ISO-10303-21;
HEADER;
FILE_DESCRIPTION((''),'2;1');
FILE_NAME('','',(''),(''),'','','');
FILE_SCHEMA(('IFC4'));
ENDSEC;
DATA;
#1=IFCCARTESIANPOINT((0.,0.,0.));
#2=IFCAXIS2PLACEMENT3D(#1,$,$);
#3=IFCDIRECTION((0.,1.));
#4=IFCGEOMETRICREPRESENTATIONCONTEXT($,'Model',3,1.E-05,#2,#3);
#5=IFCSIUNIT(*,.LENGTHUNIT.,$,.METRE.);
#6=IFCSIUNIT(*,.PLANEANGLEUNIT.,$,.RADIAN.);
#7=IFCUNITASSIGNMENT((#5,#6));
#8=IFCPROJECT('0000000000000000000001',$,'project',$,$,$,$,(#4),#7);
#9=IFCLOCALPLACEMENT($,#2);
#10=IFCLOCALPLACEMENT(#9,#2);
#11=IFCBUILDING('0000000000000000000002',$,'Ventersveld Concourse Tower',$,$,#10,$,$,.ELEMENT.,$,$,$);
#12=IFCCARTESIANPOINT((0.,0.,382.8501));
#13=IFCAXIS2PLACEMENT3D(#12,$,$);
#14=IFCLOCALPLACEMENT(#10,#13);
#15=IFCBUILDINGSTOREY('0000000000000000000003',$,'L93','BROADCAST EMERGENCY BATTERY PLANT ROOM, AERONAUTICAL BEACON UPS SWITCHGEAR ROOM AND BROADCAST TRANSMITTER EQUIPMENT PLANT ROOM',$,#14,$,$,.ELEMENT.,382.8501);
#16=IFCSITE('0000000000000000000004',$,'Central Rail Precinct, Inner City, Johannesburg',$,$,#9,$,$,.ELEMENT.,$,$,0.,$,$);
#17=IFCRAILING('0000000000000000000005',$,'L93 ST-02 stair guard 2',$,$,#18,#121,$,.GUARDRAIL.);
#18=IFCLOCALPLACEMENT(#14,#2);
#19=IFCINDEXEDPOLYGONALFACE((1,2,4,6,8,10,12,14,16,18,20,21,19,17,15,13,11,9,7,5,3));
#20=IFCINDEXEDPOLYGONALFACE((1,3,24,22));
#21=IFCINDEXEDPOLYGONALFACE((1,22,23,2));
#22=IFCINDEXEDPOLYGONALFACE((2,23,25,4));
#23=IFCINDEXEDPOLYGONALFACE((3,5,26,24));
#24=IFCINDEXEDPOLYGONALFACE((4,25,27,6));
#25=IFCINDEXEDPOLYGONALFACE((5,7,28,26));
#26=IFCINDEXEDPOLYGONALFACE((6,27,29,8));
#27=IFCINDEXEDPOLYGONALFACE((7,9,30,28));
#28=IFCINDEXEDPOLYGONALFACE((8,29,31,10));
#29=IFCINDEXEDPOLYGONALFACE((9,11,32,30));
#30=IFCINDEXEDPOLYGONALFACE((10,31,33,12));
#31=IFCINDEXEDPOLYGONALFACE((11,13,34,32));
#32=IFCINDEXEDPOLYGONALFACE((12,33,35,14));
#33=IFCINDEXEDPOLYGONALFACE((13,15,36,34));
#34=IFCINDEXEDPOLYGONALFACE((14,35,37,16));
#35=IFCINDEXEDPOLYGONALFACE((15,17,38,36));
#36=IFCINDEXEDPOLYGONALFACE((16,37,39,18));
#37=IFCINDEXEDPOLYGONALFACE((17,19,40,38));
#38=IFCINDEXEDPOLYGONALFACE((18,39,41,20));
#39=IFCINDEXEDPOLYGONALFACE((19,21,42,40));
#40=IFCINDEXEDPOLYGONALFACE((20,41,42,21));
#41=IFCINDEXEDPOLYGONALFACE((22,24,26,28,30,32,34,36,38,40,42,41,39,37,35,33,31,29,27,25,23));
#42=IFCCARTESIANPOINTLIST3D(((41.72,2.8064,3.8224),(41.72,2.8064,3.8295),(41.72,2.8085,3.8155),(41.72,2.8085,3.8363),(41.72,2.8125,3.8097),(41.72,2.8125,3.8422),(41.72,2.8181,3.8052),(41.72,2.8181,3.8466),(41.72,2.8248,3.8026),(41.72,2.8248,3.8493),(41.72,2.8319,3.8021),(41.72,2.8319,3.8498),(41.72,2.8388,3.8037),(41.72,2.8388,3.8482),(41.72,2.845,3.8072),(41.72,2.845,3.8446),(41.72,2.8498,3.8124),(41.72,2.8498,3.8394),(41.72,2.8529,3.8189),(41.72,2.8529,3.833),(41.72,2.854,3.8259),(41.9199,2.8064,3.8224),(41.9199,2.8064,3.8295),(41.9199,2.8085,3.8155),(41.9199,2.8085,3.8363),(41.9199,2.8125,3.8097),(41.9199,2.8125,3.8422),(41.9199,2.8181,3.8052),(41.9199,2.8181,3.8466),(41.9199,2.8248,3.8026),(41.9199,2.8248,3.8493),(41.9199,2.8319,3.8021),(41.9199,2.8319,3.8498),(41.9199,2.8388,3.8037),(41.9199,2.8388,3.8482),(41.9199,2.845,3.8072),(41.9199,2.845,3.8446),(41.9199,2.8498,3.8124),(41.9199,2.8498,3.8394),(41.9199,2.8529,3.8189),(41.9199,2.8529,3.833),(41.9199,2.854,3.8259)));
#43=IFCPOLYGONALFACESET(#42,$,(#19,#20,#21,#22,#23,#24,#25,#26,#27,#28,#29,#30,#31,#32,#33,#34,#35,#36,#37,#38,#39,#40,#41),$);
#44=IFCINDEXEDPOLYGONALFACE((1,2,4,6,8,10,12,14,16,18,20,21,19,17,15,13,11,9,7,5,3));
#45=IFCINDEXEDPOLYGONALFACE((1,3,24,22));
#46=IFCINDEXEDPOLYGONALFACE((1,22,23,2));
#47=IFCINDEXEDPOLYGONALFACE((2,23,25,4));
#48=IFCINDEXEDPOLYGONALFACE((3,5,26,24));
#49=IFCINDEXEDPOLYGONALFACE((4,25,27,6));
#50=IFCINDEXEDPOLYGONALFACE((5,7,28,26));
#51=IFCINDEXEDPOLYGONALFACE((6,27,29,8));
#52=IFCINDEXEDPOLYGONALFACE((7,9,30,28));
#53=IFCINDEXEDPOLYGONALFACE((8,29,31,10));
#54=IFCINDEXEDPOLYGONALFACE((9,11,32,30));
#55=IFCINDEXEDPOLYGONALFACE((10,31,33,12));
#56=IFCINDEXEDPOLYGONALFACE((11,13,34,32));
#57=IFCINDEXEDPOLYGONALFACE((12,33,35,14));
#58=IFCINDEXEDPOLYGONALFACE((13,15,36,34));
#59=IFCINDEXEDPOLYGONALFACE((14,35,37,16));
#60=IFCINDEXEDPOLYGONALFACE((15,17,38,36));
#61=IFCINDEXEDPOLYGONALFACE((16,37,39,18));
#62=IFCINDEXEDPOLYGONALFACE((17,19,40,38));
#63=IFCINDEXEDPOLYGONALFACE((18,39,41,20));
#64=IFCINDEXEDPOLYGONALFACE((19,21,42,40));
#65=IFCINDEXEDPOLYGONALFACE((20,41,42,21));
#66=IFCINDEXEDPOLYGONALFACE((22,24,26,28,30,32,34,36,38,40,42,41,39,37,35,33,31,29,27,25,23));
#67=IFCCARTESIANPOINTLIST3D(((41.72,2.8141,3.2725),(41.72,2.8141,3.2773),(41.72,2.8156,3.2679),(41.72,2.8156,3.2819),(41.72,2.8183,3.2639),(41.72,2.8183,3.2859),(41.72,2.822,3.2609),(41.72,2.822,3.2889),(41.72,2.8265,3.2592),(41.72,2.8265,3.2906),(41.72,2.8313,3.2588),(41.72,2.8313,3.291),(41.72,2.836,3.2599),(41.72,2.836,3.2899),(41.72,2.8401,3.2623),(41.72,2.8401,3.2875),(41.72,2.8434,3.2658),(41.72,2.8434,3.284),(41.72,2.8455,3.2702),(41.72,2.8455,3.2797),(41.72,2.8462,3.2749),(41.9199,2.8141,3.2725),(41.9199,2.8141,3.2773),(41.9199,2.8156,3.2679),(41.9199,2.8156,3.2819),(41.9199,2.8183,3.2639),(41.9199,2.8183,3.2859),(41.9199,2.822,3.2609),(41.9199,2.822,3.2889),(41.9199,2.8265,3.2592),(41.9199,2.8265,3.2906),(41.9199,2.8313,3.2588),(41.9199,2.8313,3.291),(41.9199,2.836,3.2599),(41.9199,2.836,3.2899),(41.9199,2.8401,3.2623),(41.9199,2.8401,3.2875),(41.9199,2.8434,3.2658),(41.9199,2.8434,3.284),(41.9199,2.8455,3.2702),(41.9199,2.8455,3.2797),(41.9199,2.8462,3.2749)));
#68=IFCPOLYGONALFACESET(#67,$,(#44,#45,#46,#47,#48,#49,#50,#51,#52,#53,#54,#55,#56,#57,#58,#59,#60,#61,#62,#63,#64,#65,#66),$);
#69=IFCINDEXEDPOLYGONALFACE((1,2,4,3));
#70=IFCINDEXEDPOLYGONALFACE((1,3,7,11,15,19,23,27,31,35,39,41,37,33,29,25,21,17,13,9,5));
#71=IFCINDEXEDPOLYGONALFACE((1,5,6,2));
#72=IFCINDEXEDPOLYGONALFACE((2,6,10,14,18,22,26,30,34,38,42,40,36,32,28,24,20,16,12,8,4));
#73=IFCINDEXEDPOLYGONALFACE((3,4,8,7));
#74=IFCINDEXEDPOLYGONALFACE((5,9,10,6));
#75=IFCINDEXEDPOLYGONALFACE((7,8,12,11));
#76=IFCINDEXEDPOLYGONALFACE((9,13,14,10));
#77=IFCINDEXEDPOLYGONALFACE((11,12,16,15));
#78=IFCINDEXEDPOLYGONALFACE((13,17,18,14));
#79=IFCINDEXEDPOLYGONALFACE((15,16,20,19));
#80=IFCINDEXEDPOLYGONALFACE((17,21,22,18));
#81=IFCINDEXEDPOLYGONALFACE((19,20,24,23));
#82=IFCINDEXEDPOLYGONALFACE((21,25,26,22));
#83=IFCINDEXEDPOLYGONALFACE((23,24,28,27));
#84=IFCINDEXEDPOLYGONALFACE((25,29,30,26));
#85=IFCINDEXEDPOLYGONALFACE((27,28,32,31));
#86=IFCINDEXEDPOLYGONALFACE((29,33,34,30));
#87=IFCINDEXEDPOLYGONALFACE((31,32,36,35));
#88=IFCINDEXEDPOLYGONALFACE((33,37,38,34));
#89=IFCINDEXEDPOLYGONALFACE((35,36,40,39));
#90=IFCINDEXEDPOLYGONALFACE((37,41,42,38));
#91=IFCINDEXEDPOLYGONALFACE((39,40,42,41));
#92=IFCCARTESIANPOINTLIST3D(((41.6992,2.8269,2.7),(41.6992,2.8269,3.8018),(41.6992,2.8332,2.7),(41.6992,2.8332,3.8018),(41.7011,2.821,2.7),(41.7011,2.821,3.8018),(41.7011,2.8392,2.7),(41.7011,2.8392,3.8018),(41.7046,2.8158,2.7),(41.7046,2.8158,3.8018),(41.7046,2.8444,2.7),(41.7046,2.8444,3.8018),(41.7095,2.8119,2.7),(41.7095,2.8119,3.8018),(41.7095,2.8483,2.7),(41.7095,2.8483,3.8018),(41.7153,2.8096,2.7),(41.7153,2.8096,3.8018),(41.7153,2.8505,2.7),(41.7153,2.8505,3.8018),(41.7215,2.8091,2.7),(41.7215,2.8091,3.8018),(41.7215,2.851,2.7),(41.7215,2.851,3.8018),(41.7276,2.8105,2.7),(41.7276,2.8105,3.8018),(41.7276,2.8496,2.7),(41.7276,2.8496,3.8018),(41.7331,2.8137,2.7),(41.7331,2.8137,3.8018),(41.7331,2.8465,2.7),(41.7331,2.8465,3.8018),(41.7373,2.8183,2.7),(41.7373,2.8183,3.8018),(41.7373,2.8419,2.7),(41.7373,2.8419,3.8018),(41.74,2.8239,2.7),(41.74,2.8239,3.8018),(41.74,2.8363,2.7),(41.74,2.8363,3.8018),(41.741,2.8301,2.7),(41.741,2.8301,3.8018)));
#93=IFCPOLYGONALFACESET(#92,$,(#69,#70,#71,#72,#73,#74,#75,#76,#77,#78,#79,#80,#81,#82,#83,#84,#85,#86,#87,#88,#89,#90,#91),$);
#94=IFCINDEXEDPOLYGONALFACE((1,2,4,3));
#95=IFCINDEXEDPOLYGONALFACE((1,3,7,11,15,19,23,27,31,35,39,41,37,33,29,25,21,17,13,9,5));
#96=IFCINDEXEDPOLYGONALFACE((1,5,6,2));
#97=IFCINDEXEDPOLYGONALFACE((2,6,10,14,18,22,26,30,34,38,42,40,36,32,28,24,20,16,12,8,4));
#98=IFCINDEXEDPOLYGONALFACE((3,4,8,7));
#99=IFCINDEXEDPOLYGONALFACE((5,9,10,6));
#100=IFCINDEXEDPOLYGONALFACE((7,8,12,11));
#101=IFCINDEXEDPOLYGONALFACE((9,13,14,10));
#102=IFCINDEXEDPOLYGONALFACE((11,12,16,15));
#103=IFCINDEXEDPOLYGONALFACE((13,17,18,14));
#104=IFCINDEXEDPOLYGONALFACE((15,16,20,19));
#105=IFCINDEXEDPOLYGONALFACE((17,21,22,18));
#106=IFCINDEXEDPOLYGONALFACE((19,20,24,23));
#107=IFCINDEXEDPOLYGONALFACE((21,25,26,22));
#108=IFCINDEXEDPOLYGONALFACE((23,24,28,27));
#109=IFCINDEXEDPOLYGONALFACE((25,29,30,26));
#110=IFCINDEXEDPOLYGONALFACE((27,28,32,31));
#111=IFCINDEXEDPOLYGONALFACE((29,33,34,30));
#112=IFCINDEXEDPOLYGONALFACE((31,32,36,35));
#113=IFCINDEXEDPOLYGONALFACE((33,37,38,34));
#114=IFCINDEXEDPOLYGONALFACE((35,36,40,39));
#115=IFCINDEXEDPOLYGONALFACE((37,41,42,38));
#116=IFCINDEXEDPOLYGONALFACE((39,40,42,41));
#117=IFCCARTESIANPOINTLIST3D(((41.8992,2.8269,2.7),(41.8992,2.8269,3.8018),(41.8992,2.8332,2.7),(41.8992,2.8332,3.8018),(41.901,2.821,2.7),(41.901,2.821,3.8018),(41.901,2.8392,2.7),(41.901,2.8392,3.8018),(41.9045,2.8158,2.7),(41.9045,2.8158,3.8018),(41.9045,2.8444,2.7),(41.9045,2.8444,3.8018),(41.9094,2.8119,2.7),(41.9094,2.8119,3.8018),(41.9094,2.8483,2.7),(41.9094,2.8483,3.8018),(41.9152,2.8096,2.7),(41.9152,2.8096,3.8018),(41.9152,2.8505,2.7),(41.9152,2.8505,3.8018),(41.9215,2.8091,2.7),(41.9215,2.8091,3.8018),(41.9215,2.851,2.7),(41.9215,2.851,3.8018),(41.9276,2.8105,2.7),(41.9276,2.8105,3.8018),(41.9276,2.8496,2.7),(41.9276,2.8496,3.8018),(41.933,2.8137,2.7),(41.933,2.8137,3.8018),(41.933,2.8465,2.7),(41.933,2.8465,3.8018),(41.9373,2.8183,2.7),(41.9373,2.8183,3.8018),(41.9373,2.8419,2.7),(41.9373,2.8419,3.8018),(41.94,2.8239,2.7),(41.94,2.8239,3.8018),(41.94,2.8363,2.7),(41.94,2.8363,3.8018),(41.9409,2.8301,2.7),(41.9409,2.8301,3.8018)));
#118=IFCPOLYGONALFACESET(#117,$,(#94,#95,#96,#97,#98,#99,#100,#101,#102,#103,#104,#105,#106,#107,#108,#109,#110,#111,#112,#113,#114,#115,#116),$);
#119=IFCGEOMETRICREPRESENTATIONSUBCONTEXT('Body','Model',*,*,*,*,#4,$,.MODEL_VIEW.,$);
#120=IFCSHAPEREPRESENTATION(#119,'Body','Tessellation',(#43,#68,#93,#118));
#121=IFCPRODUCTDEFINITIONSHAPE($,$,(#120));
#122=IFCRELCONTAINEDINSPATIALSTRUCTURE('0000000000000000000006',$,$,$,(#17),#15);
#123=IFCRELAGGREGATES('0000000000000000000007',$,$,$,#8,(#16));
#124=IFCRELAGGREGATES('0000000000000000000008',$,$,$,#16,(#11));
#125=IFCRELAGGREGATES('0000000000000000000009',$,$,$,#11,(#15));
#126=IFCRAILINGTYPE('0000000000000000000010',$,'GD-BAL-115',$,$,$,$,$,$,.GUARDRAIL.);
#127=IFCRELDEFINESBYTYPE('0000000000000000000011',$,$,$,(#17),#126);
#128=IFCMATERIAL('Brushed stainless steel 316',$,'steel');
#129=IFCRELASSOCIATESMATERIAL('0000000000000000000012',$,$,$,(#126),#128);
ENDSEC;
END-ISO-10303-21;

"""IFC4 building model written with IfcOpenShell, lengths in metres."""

from ifc_helpers import new_model, si_unit, direction, frame, origin, origin_2d, place, context, subcontext, project, spatial, circle, extrude, material, type_object, element, save


model = new_model("IFC4")

# Units and contexts
model_context = context("Model", 3, precision=1e-05, world=origin(), true_north=direction((0.0, 1.0)))
body_context = subcontext(model_context, "Body", "Model", "MODEL_VIEW")
ifc_project = project(units=[si_unit("LENGTHUNIT", "METRE"), si_unit("PLANEANGLEUNIT", "RADIAN")], contexts=[model_context])

# Site, building, storey
site_placement = place(None, origin())
site = spatial("IfcSite", under=ifc_project, at=site_placement, Name="Central Rail Precinct, Inner City, Johannesburg", CompositionType="ELEMENT", RefElevation=0.0)
building_placement = place(site_placement, origin())
building = spatial("IfcBuilding", under=site, at=building_placement, Name="Ventersveld Concourse Tower", CompositionType="ELEMENT")
storey_placement = place(building_placement, frame((0.0, 0.0, 382.8501)))
storey = spatial("IfcBuildingStorey", under=building, at=storey_placement, Name="L93", Description="BROADCAST EMERGENCY BATTERY PLANT ROOM, AERONAUTICAL BEACON UPS SWITCHGEAR ROOM AND BROADCAST TRANSMITTER EQUIPMENT PLANT ROOM", CompositionType="ELEMENT", Elevation=382.8501)

# Shared definitions
ifc_material_1 = material(Name="Brushed stainless steel 316", Category="steel")

# Railing
railing_type_1 = type_object("IfcRailingType", Name="GD-BAL-115", PredefinedType="GUARDRAIL", material=ifc_material_1)
railing_1_placement = place(storey_placement, frame((41.72, 2.8301, 2.7)))
element("IfcRailing", 1, at=railing_1_placement, inside=storey, type_object=railing_type_1, Name="L93 ST-02 stair guard 2", PredefinedType="GUARDRAIL", context=body_context, shape_type="SweptSolid", body=[
    extrude(circle(Radius=0.0239, at=origin_2d()), frame((0.0, 0.0, 1.126), z_axis=(1.0, 0.0, 0.0), x_axis=(0.0, 1.0, 0.0)), (0.0, 0.0, 1.0), 0.2),
    extrude(circle(Radius=0.0161, at=origin_2d()), frame((0.0, 0.0, 0.575), z_axis=(1.0, 0.0, 0.0), x_axis=(0.0, 1.0, 0.0)), (0.0, 0.0, 1.0), 0.2),
    extrude(circle(Radius=0.021, at=origin_2d()), origin(), (0.0, 0.0, 1.0), 1.1018),
    extrude(circle(Radius=0.021, at=origin_2d()), frame((0.2, 0.0, 0.0)), (0.0, 0.0, 1.0), 1.1018),
])

save(model, "model.ifc")
